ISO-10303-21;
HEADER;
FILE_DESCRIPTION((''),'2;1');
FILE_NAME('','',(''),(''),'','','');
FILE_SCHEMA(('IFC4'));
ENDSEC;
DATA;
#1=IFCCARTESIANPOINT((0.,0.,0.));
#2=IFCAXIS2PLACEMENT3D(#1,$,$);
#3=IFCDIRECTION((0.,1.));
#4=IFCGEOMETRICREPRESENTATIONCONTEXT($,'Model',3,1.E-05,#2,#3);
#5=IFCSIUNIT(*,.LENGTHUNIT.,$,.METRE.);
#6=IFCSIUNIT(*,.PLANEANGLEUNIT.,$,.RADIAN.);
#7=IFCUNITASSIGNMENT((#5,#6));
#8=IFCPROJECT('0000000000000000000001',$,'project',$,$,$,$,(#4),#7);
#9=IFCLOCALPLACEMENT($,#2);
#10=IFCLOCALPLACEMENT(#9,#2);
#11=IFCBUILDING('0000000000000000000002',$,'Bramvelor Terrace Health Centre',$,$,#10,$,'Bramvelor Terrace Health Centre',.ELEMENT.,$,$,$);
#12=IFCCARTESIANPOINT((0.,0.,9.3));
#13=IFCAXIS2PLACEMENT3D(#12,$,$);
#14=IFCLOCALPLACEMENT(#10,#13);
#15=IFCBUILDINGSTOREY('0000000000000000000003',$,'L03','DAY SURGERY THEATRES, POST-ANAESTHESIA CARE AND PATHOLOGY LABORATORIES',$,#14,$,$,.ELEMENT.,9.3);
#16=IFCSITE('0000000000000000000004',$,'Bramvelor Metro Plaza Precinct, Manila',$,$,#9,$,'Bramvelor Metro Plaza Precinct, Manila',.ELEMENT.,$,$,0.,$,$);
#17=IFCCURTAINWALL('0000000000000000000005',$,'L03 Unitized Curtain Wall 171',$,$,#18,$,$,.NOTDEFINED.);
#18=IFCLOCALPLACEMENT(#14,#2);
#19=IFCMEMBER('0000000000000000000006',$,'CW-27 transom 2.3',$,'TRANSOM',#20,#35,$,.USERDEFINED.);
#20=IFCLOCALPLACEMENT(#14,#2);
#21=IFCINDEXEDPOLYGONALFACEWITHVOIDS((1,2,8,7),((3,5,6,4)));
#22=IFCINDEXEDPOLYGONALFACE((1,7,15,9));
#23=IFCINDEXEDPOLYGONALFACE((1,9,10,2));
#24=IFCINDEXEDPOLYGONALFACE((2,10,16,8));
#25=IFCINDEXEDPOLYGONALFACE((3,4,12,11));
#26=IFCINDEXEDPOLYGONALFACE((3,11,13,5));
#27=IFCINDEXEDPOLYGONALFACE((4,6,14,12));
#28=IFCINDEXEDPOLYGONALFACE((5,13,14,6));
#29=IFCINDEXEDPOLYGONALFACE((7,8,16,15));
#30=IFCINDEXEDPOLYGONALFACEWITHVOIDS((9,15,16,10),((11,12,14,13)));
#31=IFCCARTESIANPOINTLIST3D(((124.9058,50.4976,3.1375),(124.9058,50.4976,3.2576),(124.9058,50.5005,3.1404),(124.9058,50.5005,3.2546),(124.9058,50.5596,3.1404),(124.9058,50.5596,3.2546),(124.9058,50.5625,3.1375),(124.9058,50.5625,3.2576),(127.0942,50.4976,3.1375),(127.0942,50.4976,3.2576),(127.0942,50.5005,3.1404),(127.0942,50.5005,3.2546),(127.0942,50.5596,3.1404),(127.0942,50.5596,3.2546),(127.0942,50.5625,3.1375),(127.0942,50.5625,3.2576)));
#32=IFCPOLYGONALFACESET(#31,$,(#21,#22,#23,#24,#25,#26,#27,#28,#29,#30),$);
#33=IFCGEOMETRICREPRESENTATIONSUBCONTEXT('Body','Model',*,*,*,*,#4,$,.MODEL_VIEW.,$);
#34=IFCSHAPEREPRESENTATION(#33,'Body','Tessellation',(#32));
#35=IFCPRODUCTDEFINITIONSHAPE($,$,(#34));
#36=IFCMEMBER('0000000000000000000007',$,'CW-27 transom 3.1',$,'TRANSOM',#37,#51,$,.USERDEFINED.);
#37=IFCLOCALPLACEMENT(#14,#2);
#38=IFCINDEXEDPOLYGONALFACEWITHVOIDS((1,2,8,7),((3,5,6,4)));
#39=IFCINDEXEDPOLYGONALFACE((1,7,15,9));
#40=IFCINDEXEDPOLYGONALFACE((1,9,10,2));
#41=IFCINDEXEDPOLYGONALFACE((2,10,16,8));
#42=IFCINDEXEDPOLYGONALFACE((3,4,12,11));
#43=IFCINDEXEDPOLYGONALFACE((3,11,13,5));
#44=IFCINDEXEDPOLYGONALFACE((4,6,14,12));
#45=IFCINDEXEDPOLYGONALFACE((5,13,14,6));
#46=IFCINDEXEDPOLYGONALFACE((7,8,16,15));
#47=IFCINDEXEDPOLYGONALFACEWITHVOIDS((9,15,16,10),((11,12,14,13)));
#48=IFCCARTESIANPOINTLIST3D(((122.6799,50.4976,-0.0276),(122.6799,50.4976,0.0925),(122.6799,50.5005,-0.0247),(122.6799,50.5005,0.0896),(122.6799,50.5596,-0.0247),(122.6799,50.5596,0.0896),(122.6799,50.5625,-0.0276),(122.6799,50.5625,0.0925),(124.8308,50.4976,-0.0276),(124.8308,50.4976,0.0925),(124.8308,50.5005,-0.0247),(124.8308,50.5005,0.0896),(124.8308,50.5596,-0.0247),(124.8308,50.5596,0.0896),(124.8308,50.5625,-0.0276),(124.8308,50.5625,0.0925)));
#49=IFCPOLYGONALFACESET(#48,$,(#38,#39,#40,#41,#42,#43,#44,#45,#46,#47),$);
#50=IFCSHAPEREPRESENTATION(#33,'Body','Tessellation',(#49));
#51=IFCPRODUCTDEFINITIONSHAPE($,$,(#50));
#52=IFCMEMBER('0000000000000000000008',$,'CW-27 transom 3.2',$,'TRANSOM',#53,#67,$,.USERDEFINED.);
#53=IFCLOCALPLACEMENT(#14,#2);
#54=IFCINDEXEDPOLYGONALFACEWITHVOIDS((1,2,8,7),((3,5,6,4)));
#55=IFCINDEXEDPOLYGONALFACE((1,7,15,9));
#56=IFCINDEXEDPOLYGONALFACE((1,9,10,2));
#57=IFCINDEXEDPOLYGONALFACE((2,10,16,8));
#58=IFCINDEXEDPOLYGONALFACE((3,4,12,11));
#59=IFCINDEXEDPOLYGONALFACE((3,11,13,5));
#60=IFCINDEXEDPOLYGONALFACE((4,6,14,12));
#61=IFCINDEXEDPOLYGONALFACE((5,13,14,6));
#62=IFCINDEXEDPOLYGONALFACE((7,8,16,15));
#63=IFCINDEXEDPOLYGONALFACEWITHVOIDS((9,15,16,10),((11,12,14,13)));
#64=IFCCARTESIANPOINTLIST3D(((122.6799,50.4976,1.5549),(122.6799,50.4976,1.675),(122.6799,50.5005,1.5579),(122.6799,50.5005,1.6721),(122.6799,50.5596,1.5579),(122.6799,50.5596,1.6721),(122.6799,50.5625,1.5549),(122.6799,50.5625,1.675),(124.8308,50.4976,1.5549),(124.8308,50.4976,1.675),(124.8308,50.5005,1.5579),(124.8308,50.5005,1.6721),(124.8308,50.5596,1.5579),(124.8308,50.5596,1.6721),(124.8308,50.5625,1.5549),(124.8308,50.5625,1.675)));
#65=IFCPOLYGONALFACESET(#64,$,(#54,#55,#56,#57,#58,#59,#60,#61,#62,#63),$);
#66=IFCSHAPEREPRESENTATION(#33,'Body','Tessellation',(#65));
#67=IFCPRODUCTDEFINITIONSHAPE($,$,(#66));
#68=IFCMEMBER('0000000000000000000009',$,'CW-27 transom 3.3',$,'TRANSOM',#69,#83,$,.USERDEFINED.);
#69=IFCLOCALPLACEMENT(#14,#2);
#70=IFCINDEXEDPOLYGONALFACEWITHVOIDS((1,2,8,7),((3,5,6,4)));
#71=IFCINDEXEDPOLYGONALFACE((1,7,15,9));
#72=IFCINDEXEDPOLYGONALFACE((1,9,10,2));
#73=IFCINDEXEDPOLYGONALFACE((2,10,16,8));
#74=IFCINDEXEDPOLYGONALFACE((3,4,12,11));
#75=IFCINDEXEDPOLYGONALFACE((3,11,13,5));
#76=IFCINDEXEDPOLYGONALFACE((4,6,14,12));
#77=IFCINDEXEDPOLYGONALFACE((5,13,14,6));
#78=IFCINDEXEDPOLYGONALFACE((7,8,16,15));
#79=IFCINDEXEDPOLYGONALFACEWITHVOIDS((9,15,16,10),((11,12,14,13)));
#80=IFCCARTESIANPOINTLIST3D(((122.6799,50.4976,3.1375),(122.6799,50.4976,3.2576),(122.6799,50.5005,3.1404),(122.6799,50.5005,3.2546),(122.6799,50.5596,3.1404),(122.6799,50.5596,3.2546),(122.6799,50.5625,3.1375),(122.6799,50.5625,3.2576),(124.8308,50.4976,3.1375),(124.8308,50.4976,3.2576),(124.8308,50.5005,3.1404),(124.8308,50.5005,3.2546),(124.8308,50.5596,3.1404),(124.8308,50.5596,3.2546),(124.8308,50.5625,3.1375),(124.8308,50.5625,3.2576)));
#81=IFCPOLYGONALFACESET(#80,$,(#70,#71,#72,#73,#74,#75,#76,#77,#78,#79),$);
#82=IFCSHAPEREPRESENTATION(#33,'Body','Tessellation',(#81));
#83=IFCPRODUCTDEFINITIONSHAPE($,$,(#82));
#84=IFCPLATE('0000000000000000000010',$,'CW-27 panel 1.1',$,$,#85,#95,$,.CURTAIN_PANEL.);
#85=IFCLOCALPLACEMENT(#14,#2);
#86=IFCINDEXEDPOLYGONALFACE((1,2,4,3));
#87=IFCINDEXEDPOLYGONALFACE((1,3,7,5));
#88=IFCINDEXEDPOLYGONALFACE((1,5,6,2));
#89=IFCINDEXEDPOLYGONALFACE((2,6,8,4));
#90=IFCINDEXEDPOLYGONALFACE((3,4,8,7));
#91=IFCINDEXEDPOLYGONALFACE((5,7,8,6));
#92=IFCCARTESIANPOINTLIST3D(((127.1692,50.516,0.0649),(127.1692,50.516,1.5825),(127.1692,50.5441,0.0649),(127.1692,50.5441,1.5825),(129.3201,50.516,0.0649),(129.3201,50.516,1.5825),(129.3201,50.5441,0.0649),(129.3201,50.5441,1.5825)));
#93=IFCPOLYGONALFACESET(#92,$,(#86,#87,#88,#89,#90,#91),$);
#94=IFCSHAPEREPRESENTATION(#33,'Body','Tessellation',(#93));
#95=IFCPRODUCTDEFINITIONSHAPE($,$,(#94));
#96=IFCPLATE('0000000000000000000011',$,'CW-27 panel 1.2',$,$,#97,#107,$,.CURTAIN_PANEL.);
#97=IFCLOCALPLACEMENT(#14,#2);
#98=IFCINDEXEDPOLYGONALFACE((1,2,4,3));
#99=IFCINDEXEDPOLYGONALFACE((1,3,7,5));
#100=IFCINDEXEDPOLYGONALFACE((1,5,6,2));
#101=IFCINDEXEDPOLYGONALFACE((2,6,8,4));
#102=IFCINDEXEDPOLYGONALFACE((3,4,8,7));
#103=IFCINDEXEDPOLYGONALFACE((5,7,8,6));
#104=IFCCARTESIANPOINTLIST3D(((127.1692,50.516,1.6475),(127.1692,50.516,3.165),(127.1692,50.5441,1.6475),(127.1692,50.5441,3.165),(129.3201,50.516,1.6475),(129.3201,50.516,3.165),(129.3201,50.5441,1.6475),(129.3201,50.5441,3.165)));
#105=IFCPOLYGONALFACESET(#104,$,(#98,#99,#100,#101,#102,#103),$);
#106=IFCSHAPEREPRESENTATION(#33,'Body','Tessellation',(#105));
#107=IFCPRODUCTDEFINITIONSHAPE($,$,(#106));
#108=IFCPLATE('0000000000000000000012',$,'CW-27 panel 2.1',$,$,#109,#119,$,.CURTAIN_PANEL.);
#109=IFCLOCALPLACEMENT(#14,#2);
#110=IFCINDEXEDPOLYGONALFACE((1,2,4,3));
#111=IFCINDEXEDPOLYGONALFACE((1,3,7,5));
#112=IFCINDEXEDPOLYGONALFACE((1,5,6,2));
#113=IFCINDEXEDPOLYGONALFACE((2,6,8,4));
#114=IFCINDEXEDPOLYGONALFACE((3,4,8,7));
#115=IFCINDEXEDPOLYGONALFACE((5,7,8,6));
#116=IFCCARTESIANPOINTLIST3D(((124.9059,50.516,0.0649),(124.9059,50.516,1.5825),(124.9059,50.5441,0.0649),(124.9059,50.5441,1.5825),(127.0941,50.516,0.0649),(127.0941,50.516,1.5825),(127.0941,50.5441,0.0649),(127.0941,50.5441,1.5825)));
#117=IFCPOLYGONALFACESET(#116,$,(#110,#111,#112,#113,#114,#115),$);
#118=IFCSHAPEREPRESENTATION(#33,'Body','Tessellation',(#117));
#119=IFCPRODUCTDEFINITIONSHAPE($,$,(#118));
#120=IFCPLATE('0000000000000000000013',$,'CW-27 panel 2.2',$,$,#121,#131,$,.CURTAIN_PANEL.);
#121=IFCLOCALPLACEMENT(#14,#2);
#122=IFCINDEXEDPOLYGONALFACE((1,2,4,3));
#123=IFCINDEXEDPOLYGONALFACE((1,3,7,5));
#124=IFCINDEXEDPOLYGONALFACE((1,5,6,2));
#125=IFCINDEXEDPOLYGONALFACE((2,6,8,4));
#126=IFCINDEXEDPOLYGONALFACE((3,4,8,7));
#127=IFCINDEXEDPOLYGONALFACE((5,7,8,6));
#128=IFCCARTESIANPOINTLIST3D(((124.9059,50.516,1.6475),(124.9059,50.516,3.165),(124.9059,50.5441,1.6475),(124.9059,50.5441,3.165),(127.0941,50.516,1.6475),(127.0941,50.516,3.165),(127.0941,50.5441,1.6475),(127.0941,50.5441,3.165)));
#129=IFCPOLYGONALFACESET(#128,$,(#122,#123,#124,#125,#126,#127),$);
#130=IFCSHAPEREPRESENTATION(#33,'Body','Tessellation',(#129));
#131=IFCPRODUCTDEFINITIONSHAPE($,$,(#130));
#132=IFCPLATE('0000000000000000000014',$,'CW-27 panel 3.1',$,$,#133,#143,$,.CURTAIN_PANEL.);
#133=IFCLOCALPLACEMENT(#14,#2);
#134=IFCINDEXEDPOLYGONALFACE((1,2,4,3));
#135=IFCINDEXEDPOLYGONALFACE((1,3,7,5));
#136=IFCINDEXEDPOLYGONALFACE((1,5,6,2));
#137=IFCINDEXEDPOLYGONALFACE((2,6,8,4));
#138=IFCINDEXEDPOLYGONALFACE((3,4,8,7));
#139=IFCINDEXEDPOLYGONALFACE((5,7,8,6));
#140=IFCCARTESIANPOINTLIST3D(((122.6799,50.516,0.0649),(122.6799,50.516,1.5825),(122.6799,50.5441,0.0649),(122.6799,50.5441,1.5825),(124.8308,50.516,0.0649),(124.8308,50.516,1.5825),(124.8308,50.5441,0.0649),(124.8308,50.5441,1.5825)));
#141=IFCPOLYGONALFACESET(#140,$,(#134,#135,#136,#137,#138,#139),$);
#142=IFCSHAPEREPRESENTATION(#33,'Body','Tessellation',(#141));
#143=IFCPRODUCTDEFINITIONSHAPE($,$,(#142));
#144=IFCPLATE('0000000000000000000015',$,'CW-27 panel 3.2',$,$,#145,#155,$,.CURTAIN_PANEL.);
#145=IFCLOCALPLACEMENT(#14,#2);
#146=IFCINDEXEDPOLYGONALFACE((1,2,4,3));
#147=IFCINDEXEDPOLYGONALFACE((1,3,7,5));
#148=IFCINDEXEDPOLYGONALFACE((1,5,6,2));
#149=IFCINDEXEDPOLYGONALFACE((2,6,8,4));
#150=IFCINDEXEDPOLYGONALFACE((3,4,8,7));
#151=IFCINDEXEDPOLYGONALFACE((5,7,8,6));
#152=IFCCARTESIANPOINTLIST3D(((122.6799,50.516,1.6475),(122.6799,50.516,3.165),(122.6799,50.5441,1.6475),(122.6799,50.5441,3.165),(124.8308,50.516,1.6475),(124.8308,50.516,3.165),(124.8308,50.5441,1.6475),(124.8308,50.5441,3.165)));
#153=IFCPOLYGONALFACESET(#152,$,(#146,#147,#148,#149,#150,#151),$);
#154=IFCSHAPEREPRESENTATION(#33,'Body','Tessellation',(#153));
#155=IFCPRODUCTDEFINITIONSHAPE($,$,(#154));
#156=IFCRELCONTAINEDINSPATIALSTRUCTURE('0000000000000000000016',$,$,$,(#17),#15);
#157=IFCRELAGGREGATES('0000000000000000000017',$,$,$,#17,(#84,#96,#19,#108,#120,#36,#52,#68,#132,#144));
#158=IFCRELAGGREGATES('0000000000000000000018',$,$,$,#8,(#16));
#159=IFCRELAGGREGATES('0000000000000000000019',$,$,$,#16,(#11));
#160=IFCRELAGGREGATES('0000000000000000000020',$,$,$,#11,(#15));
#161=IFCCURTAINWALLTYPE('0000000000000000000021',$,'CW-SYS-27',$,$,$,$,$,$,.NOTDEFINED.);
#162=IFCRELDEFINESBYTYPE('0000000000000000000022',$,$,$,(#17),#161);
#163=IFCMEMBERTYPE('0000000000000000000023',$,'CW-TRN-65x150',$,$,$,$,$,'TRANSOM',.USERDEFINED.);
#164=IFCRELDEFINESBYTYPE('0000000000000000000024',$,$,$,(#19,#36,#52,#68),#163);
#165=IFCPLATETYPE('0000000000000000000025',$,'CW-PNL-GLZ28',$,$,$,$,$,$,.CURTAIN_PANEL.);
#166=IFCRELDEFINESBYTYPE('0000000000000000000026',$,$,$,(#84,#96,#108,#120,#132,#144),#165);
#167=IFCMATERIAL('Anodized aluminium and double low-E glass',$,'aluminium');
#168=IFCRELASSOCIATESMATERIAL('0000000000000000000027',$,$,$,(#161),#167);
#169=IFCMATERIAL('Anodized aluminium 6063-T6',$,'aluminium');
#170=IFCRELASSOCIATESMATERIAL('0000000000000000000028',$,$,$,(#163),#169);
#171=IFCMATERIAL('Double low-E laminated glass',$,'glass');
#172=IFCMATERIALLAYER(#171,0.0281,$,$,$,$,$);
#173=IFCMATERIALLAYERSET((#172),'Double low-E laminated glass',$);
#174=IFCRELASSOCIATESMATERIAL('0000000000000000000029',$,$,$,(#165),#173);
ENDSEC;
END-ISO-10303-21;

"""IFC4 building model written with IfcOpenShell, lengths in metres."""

from ifc_helpers import new_model, si_unit, direction, frame, origin, origin_2d, place, context, subcontext, project, spatial, rectangle, hollow_rectangle, extrude, material, layer, layer_set, material_profile, profile_set, type_object, element, aggregate, save


model = new_model("IFC4")

# Units and contexts
model_context = context("Model", 3, precision=1e-05, world=origin(), true_north=direction((0.0, 1.0)))
body_context = subcontext(model_context, "Body", "Model", "MODEL_VIEW")
ifc_project = project(units=[si_unit("LENGTHUNIT", "METRE"), si_unit("PLANEANGLEUNIT", "RADIAN")], contexts=[model_context])

# Site, building, storey
site_placement = place(None, origin())
site = spatial("IfcSite", under=ifc_project, at=site_placement, Name="Bramvelor Metro Plaza Precinct, Manila", LongName="Bramvelor Metro Plaza Precinct, Manila", CompositionType="ELEMENT", RefElevation=0.0)
building_placement = place(site_placement, origin())
building = spatial("IfcBuilding", under=site, at=building_placement, Name="Bramvelor Terrace Health Centre", LongName="Bramvelor Terrace Health Centre", CompositionType="ELEMENT")
storey_placement = place(building_placement, frame((0.0, 0.0, 9.3)))
storey = spatial("IfcBuildingStorey", under=building, at=storey_placement, Name="L03", Description="DAY SURGERY THEATRES, POST-ANAESTHESIA CARE AND PATHOLOGY LABORATORIES", CompositionType="ELEMENT", Elevation=9.3)

# Curtain wall, members, plates
ifc_material_1 = material(Name="Anodized aluminium and double low-E glass", Category="aluminium")
curtain_wall_type = type_object("IfcCurtainWallType", Name="CW-SYS-27", PredefinedType="NOTDEFINED", material=ifc_material_1)
curtain_wall_placement = place(storey_placement, origin())
curtain_wall = element("IfcCurtainWall", 1, at=curtain_wall_placement, inside=storey, type_object=curtain_wall_type, Name="L03 Unitized Curtain Wall 171", PredefinedType="NOTDEFINED")
ifc_material_2 = material(Name="Anodized aluminium 6063-T6", Category="aluminium")
ifc_material_profile_1 = material_profile(ifc_material_2, hollow_rectangle(XDim=0.0649, YDim=0.1201, WallThickness=0.0029, at=origin_2d()), Name="ALU-TRN 65x120x3.0")
ifc_profile_set_1 = profile_set([ifc_material_profile_1], Name="Anodized aluminium 6063-T6")
member_type_1 = type_object("IfcMemberType", Name="CW-TRN-65x150", ElementType="TRANSOM", PredefinedType="USERDEFINED", material=ifc_profile_set_1)
member_1_placement = place(storey_placement, frame((127.0942, 50.53, 3.1975), z_axis=(-1.0, 0.0, 0.0), x_axis=(0.0, -1.0, 0.0)))
member_1 = element("IfcMember", 2, at=member_1_placement, type_object=member_type_1, Name="CW-27 transom 2.3", ObjectType="TRANSOM", PredefinedType="USERDEFINED", context=body_context, shape_type="SweptSolid", body=[
    extrude(hollow_rectangle(XDim=0.0649, YDim=0.1201, WallThickness=0.0029, at=origin_2d()), origin(), (0.0, 0.0, 1.0), 2.1885),
])
member_2_placement = place(storey_placement, frame((124.8308, 50.53, 0.0325), z_axis=(-1.0, 0.0, 0.0), x_axis=(0.0, -1.0, 0.0)))
member_2 = element("IfcMember", 3, at=member_2_placement, type_object=member_type_1, Name="CW-27 transom 3.1", ObjectType="TRANSOM", PredefinedType="USERDEFINED", context=body_context, shape_type="SweptSolid", body=[
    extrude(hollow_rectangle(XDim=0.0649, YDim=0.1201, WallThickness=0.0029, at=origin_2d()), origin(), (0.0, 0.0, 1.0), 2.1509),
])
member_3_placement = place(storey_placement, frame((124.8308, 50.53, 1.615), z_axis=(-1.0, 0.0, 0.0), x_axis=(0.0, -1.0, 0.0)))
member_3 = element("IfcMember", 4, at=member_3_placement, type_object=member_type_1, Name="CW-27 transom 3.2", ObjectType="TRANSOM", PredefinedType="USERDEFINED", context=body_context, shape_type="SweptSolid", body=[
    extrude(hollow_rectangle(XDim=0.0649, YDim=0.1201, WallThickness=0.0029, at=origin_2d()), origin(), (0.0, 0.0, 1.0), 2.1509),
])
member_4_placement = place(storey_placement, frame((124.8308, 50.53, 3.1975), z_axis=(-1.0, 0.0, 0.0), x_axis=(0.0, -1.0, 0.0)))
member_4 = element("IfcMember", 5, at=member_4_placement, type_object=member_type_1, Name="CW-27 transom 3.3", ObjectType="TRANSOM", PredefinedType="USERDEFINED", context=body_context, shape_type="SweptSolid", body=[
    extrude(hollow_rectangle(XDim=0.0649, YDim=0.1201, WallThickness=0.0029, at=origin_2d()), origin(), (0.0, 0.0, 1.0), 2.1509),
])
ifc_material_3 = material(Name="Double low-E laminated glass", Category="glass")
ifc_layer = layer(ifc_material_3, 0.0281)
ifc_layer_set = layer_set([ifc_layer], Name="Double low-E laminated glass")
plate_type = type_object("IfcPlateType", Name="CW-PNL-GLZ28", PredefinedType="CURTAIN_PANEL", material=ifc_layer_set)
plate_1_placement = place(storey_placement, frame((128.2446, 50.53, 0.0649), z_axis=(0.0, 0.0, 1.0), x_axis=(-1.0, 0.0, 0.0)))
plate_1 = element("IfcPlate", 6, at=plate_1_placement, type_object=plate_type, Name="CW-27 panel 1.1", PredefinedType="CURTAIN_PANEL", context=body_context, shape_type="SweptSolid", body=[
    extrude(rectangle(XDim=2.1509, YDim=0.0281, at=origin_2d()), origin(), (0.0, 0.0, 1.0), 1.5176),
])
plate_2_placement = place(storey_placement, frame((128.2446, 50.53, 1.6475), z_axis=(0.0, 0.0, 1.0), x_axis=(-1.0, 0.0, 0.0)))
plate_2 = element("IfcPlate", 7, at=plate_2_placement, type_object=plate_type, Name="CW-27 panel 1.2", PredefinedType="CURTAIN_PANEL", context=body_context, shape_type="SweptSolid", body=[
    extrude(rectangle(XDim=2.1509, YDim=0.0281, at=origin_2d()), origin(), (0.0, 0.0, 1.0), 1.5176),
])
plate_3_placement = place(storey_placement, frame((126.0, 50.53, 0.0649), z_axis=(0.0, 0.0, 1.0), x_axis=(-1.0, 0.0, 0.0)))
plate_3 = element("IfcPlate", 8, at=plate_3_placement, type_object=plate_type, Name="CW-27 panel 2.1", PredefinedType="CURTAIN_PANEL", context=body_context, shape_type="SweptSolid", body=[
    extrude(rectangle(XDim=2.1882, YDim=0.0281, at=origin_2d()), origin(), (0.0, 0.0, 1.0), 1.5176),
])
plate_4_placement = place(storey_placement, frame((126.0, 50.53, 1.6475), z_axis=(0.0, 0.0, 1.0), x_axis=(-1.0, 0.0, 0.0)))
plate_4 = element("IfcPlate", 9, at=plate_4_placement, type_object=plate_type, Name="CW-27 panel 2.2", PredefinedType="CURTAIN_PANEL", context=body_context, shape_type="SweptSolid", body=[
    extrude(rectangle(XDim=2.1882, YDim=0.0281, at=origin_2d()), origin(), (0.0, 0.0, 1.0), 1.5176),
])
plate_5_placement = place(storey_placement, frame((123.7554, 50.53, 0.0649), z_axis=(0.0, 0.0, 1.0), x_axis=(-1.0, 0.0, 0.0)))
plate_5 = element("IfcPlate", 10, at=plate_5_placement, type_object=plate_type, Name="CW-27 panel 3.1", PredefinedType="CURTAIN_PANEL", context=body_context, shape_type="SweptSolid", body=[
    extrude(rectangle(XDim=2.1509, YDim=0.0281, at=origin_2d()), origin(), (0.0, 0.0, 1.0), 1.5176),
])
plate_6_placement = place(storey_placement, frame((123.7554, 50.53, 1.6475), z_axis=(0.0, 0.0, 1.0), x_axis=(-1.0, 0.0, 0.0)))
plate_6 = element("IfcPlate", 11, at=plate_6_placement, type_object=plate_type, Name="CW-27 panel 3.2", PredefinedType="CURTAIN_PANEL", context=body_context, shape_type="SweptSolid", body=[
    extrude(rectangle(XDim=2.1509, YDim=0.0281, at=origin_2d()), origin(), (0.0, 0.0, 1.0), 1.5176),
])
aggregate(curtain_wall, [plate_1, plate_2, member_1, plate_3, plate_4, member_2, member_3, member_4, plate_5, plate_6])

save(model, "model.ifc")
